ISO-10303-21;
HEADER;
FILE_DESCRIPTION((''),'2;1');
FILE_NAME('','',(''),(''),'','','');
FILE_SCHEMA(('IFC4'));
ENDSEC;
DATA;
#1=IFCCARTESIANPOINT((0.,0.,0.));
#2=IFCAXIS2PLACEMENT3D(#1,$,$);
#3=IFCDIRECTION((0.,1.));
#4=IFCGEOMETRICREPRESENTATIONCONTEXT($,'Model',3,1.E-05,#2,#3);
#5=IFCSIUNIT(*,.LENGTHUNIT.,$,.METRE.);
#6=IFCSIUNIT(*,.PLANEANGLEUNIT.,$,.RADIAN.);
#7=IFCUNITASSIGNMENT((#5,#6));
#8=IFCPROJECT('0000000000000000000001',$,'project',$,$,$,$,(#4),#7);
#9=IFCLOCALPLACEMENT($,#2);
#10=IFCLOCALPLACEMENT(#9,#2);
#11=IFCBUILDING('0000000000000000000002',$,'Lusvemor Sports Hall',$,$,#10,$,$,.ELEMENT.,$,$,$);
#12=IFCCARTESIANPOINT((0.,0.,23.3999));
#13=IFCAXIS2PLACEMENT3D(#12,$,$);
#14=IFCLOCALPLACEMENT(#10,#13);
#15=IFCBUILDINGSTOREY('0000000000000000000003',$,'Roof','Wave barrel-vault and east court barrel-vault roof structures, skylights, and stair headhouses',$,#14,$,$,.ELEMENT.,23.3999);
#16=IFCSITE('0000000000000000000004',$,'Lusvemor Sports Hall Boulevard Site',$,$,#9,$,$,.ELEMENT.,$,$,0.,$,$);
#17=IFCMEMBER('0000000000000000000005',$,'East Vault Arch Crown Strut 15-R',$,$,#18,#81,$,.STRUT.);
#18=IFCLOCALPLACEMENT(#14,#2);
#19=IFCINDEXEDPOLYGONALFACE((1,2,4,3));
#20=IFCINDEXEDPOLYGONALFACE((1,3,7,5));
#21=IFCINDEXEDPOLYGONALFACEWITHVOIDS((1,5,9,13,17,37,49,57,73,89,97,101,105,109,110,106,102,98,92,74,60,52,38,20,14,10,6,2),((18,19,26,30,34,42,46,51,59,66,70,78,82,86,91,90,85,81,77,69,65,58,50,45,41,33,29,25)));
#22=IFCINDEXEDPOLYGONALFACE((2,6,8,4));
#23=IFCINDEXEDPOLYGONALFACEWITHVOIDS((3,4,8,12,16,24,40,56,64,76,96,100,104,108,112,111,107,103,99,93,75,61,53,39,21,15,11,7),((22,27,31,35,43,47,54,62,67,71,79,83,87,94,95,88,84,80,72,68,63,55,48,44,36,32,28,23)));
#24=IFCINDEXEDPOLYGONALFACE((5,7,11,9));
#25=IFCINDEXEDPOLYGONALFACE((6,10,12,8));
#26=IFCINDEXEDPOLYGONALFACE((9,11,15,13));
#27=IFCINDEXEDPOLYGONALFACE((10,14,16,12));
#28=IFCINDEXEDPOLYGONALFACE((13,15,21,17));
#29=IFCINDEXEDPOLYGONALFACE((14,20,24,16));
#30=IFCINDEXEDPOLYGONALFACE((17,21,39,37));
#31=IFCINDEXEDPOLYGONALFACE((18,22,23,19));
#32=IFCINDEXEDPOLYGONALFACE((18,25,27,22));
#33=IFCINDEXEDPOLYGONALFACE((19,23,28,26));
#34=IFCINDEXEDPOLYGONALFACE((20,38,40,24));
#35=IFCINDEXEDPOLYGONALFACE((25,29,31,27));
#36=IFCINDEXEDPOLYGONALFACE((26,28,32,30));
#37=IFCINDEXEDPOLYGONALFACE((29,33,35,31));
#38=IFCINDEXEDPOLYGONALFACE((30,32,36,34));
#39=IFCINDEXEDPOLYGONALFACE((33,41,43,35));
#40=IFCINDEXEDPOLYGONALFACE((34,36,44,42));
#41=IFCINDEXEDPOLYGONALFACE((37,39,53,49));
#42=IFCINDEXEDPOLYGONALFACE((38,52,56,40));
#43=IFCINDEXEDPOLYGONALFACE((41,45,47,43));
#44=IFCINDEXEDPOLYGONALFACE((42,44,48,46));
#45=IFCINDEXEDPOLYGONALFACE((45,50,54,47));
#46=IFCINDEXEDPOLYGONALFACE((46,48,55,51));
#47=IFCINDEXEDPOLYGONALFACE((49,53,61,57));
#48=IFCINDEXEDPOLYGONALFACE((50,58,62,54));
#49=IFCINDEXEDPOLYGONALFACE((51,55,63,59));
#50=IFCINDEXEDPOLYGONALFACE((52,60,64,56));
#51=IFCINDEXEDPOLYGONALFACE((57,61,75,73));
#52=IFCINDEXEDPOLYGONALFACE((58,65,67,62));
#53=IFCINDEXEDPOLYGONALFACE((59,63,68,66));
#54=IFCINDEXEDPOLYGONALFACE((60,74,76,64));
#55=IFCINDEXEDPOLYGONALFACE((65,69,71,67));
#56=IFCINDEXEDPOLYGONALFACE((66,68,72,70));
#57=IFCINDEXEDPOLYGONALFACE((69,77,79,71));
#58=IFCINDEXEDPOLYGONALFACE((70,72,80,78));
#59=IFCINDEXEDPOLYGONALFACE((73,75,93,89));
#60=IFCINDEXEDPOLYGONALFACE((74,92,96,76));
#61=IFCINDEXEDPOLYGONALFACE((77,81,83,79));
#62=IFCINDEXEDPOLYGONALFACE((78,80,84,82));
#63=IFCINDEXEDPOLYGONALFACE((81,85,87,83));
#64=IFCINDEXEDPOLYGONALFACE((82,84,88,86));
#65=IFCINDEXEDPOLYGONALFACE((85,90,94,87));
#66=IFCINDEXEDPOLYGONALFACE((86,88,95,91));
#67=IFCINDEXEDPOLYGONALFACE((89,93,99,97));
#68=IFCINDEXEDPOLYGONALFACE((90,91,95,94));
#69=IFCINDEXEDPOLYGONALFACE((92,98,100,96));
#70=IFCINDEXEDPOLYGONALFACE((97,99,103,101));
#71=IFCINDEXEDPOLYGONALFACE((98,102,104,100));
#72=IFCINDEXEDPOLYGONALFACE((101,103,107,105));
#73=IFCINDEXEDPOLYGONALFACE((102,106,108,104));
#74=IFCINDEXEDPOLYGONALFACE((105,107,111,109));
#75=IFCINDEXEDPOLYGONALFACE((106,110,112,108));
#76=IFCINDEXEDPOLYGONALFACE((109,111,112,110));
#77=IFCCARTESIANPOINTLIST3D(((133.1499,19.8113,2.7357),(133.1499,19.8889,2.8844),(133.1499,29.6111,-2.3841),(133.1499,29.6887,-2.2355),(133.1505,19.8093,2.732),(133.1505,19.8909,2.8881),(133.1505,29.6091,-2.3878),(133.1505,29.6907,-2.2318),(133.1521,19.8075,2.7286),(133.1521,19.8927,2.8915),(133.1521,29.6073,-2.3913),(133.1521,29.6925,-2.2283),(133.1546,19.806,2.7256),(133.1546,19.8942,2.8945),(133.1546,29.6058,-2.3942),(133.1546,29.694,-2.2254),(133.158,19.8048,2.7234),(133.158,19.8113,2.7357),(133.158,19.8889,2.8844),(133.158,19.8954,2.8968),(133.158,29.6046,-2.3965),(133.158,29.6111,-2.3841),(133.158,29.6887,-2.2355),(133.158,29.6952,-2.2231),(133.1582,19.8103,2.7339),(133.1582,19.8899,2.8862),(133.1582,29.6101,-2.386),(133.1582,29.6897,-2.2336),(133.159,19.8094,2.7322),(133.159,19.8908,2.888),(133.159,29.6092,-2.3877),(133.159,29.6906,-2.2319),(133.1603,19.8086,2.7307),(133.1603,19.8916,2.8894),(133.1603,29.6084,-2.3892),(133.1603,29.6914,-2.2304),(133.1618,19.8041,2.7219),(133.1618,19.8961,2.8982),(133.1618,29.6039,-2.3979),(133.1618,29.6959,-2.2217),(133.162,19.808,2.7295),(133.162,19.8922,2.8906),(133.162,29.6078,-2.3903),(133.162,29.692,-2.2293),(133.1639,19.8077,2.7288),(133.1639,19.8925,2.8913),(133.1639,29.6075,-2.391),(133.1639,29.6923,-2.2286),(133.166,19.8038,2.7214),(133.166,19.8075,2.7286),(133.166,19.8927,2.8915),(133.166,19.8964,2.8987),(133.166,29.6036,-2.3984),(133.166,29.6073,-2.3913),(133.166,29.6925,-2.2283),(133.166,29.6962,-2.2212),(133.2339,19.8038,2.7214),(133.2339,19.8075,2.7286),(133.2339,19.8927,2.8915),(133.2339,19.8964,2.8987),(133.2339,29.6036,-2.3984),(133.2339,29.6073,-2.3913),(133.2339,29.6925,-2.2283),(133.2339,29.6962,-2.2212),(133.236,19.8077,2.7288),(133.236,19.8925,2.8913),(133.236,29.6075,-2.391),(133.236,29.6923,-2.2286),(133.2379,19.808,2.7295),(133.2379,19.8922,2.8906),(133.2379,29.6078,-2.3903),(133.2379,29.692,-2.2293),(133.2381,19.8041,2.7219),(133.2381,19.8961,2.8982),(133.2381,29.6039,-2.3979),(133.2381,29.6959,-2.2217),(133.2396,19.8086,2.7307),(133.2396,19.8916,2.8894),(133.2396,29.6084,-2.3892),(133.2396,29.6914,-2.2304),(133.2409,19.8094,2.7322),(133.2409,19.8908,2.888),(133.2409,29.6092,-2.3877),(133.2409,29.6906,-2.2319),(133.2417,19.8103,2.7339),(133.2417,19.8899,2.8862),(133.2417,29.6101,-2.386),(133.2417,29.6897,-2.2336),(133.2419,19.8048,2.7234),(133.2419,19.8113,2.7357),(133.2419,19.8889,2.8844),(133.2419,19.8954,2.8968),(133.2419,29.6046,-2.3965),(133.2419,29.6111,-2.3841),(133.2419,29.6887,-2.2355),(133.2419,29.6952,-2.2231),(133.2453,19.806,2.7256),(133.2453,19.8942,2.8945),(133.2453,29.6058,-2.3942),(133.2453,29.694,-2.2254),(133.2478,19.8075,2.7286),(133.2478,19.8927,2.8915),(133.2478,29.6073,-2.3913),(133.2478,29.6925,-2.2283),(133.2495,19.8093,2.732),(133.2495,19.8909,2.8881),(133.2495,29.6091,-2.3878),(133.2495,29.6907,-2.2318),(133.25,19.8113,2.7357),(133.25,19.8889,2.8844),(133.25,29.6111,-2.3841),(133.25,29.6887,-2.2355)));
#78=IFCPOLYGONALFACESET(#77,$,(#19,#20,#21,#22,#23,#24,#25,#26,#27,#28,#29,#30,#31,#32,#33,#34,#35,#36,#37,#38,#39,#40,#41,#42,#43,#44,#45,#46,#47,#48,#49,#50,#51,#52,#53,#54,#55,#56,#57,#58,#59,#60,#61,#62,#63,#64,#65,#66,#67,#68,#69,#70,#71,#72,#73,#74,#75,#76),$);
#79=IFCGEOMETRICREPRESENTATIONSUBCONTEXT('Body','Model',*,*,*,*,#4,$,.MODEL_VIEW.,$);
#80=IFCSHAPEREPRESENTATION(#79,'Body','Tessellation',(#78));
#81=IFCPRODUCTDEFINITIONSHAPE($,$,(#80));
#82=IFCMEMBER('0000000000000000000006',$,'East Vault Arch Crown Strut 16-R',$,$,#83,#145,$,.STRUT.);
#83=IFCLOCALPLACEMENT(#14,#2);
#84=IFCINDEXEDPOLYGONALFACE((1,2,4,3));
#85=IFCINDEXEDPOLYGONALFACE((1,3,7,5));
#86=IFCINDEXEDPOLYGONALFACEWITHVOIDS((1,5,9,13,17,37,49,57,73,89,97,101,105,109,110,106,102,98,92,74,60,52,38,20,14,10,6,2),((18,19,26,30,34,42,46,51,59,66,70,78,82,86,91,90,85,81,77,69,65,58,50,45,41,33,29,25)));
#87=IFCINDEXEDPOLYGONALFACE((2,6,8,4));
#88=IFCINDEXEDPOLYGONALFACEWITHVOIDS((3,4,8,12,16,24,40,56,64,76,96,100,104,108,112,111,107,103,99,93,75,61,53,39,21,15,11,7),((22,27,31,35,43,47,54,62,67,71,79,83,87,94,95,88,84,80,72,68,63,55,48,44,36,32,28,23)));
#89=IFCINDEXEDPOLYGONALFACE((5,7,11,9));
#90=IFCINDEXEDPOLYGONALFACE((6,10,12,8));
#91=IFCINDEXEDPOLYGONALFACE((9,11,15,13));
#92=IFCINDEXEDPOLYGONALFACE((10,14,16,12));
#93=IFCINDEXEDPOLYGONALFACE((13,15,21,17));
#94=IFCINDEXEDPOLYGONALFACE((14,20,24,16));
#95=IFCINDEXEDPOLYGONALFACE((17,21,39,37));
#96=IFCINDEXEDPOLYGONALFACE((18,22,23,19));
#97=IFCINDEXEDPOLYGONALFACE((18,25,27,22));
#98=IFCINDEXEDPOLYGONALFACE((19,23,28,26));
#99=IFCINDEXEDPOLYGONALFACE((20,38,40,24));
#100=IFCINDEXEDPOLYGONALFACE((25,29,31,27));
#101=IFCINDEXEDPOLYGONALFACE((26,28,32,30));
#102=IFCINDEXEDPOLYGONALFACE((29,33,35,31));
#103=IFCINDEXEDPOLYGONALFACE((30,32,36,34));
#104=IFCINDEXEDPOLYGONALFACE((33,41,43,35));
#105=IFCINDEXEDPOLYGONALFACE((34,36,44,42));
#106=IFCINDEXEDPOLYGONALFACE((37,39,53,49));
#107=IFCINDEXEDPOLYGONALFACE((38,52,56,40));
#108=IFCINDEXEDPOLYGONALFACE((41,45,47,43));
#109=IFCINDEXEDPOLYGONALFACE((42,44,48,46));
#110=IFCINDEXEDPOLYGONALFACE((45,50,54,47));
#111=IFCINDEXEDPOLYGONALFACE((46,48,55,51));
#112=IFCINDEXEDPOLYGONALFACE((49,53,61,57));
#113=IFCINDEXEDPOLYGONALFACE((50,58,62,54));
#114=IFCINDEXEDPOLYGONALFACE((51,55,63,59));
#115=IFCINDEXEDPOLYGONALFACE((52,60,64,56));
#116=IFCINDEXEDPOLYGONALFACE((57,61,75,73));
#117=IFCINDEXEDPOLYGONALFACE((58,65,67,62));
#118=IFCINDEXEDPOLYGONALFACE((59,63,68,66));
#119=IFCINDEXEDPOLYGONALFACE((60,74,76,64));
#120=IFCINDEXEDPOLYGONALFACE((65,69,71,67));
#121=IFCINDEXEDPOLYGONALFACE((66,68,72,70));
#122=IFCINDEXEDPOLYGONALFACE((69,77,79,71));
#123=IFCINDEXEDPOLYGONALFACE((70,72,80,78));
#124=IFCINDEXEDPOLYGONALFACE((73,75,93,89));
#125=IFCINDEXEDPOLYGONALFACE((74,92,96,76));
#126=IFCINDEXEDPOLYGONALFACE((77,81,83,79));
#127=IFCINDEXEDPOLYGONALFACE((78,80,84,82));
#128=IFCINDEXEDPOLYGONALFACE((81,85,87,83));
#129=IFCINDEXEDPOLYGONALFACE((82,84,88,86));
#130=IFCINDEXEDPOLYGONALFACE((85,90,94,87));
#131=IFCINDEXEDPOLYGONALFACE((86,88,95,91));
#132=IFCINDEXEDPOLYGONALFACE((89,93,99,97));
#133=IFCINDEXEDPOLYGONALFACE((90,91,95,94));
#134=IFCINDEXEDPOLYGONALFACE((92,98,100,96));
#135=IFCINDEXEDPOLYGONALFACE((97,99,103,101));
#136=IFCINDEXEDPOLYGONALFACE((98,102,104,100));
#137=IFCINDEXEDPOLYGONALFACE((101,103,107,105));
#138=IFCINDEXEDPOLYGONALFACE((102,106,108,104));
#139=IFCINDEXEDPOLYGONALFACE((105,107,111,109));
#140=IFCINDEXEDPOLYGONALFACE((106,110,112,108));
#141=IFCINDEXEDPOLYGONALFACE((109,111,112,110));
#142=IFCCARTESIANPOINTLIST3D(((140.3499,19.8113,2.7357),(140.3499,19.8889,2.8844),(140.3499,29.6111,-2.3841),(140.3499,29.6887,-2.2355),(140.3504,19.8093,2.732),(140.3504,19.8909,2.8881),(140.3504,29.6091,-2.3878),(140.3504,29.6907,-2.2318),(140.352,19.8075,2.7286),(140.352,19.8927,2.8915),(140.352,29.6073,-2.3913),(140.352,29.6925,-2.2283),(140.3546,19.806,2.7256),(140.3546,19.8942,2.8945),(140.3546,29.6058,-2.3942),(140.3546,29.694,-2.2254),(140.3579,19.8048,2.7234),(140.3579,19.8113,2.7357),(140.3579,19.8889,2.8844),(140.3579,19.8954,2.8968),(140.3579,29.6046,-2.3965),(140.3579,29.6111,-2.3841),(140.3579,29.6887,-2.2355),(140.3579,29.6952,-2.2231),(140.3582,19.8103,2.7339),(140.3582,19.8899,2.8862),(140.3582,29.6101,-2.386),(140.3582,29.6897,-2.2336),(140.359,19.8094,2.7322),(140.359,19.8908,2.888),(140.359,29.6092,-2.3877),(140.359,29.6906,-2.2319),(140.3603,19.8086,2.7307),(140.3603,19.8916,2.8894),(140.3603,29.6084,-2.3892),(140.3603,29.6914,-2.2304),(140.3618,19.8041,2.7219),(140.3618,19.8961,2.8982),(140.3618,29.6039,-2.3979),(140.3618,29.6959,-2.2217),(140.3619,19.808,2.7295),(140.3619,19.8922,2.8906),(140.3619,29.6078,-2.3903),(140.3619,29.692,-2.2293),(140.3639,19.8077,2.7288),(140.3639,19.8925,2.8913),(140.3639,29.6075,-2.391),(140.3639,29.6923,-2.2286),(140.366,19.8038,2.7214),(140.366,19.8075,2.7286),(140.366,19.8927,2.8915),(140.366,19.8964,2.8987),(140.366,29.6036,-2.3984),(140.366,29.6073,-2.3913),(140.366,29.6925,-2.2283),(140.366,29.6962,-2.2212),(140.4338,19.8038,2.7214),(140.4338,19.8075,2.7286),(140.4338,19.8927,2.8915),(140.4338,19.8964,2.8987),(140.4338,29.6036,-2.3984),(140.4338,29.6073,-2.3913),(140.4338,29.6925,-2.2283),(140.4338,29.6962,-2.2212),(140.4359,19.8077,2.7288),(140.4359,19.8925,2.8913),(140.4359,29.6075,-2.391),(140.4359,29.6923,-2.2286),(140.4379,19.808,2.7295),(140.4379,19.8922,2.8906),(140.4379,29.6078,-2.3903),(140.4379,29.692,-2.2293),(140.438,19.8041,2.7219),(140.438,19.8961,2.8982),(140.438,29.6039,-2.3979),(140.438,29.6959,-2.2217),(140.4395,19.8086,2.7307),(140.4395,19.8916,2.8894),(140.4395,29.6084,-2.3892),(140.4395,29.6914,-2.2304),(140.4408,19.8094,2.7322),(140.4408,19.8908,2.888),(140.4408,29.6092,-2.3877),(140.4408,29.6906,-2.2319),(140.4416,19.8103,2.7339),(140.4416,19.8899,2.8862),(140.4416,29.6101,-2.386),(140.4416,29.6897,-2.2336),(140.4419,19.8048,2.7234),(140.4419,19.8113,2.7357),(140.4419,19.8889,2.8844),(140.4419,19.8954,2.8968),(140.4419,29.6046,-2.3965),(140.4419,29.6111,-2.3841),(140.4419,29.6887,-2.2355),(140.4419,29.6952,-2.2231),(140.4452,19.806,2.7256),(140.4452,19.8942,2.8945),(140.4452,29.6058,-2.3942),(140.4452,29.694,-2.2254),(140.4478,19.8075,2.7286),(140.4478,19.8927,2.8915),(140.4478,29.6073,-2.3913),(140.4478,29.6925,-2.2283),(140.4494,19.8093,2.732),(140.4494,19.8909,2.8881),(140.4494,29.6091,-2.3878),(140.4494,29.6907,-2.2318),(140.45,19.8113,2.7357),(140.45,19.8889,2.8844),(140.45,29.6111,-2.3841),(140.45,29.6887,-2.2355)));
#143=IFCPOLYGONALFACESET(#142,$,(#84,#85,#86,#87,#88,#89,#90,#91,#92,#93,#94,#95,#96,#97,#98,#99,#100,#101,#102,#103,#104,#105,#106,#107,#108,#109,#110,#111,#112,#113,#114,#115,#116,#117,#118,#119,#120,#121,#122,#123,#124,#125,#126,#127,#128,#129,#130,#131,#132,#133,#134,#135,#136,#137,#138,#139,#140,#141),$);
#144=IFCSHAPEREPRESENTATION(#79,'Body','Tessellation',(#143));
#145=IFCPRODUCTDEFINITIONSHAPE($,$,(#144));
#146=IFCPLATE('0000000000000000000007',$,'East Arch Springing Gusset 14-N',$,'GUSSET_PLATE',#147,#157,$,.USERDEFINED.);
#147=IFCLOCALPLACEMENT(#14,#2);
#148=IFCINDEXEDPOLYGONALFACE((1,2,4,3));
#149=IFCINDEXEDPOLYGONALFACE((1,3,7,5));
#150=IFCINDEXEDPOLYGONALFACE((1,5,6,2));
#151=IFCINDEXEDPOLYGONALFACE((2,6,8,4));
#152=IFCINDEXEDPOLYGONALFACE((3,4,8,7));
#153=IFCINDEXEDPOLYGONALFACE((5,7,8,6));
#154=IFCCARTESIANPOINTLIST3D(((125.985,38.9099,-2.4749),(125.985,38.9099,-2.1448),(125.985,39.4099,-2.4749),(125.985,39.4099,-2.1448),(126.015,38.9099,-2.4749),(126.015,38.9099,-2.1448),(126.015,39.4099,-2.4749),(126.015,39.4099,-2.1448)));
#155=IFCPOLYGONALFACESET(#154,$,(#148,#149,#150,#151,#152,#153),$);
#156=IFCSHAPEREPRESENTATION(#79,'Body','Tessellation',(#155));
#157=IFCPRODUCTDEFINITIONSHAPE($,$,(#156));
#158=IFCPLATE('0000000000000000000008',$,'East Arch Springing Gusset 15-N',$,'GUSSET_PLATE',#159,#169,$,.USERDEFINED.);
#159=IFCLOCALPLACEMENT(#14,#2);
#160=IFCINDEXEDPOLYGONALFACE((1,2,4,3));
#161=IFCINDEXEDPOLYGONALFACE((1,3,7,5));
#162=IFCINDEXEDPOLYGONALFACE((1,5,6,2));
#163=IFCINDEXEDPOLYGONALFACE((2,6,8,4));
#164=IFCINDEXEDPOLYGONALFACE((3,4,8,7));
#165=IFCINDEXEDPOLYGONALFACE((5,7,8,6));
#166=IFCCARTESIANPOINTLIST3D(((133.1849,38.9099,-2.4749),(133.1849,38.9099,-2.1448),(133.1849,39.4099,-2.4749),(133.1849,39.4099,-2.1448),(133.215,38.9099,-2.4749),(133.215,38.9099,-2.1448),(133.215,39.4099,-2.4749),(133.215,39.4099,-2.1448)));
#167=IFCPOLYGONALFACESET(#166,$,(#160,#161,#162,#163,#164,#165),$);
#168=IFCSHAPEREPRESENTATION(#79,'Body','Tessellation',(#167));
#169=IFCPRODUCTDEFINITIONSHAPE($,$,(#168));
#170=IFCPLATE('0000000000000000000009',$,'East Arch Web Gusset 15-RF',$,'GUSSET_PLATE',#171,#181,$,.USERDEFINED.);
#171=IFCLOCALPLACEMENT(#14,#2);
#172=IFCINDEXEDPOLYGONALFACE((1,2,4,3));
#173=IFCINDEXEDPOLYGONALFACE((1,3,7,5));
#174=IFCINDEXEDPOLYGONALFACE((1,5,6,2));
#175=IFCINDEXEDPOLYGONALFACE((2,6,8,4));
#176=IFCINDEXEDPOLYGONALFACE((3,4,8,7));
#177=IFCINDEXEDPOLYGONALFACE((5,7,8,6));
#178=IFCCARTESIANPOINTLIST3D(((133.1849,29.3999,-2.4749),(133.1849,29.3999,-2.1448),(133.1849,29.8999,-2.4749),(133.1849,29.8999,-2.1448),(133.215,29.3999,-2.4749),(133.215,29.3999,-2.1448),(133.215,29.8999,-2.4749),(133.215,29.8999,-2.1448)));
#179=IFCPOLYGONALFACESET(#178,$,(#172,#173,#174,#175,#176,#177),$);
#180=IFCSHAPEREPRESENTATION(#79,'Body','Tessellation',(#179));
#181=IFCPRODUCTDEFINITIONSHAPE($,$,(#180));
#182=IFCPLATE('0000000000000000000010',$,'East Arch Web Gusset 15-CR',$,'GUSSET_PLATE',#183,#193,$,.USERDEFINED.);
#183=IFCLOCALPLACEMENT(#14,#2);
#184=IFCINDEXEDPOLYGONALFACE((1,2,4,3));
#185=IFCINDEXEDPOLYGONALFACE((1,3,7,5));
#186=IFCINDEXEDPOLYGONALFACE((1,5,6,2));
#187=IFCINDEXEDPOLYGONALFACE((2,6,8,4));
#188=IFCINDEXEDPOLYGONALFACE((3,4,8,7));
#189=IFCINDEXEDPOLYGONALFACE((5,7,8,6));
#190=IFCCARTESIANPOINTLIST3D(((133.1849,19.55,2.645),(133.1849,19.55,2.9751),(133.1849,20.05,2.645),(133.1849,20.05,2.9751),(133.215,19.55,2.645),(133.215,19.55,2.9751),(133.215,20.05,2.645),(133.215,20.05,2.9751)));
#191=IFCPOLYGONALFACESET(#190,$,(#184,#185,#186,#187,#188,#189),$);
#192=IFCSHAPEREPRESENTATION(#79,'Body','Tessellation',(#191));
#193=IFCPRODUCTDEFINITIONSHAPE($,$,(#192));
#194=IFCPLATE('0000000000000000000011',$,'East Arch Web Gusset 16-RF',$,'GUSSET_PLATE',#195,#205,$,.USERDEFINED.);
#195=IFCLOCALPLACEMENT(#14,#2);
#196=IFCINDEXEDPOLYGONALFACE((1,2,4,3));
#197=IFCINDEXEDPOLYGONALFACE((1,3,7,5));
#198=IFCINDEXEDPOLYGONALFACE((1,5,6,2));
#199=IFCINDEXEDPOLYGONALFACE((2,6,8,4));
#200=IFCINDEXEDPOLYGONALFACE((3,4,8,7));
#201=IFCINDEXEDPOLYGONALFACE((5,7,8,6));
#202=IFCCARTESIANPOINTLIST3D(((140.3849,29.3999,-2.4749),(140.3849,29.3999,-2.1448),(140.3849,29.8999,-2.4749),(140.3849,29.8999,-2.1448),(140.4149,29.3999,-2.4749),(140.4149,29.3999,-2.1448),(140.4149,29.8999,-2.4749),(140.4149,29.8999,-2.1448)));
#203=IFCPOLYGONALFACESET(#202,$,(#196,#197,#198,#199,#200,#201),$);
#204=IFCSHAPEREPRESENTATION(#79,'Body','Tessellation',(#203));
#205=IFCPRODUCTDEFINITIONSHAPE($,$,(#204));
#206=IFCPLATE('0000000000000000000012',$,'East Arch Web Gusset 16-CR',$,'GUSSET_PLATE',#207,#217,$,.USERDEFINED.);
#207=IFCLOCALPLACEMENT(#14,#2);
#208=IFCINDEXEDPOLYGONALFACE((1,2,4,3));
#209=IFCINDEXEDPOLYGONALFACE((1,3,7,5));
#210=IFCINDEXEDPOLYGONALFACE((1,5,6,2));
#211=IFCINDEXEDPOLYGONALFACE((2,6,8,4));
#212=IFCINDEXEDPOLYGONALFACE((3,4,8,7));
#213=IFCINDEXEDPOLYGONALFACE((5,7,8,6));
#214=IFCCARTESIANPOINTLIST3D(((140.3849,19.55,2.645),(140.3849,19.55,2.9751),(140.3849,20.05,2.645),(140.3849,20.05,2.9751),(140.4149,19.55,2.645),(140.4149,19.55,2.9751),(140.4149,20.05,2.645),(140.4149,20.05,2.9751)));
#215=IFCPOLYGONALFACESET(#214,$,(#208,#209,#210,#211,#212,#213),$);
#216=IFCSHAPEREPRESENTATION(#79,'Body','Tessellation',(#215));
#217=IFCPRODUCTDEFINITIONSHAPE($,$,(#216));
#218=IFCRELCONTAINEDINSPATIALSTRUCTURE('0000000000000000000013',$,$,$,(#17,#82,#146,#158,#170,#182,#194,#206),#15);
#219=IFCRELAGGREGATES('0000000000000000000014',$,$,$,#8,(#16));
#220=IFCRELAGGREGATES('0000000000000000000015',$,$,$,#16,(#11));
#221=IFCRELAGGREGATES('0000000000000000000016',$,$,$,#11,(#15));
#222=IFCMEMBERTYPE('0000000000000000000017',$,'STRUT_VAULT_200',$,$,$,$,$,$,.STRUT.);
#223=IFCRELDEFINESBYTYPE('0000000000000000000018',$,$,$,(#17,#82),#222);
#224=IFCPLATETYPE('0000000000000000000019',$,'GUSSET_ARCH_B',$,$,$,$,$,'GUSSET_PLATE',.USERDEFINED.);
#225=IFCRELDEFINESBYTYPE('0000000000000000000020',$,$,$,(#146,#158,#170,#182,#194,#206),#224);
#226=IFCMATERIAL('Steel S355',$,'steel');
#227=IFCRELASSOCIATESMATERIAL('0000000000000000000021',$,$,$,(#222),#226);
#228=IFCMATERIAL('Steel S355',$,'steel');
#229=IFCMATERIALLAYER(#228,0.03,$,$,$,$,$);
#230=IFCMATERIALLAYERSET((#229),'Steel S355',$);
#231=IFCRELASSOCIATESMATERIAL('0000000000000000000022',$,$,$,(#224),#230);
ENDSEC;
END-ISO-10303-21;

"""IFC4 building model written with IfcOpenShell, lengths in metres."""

from ifc_helpers import new_model, si_unit, direction, frame, origin, origin_2d, place, context, subcontext, project, spatial, rectangle, hollow_rectangle, extrude, material, layer, layer_set, material_profile, profile_set, type_object, element, save


model = new_model("IFC4")

# Units and contexts
model_context = context("Model", 3, precision=1e-05, world=origin(), true_north=direction((0.0, 1.0)))
body_context = subcontext(model_context, "Body", "Model", "MODEL_VIEW")
ifc_project = project(units=[si_unit("LENGTHUNIT", "METRE"), si_unit("PLANEANGLEUNIT", "RADIAN")], contexts=[model_context])

# Site, building, storey
site_placement = place(None, origin())
site = spatial("IfcSite", under=ifc_project, at=site_placement, Name="Lusvemor Sports Hall Boulevard Site", CompositionType="ELEMENT", RefElevation=0.0)
building_placement = place(site_placement, origin())
building = spatial("IfcBuilding", under=site, at=building_placement, Name="Lusvemor Sports Hall", CompositionType="ELEMENT")
storey_placement = place(building_placement, frame((0.0, 0.0, 23.3999)))
storey = spatial("IfcBuildingStorey", under=building, at=storey_placement, Name="Roof", Description="Wave barrel-vault and east court barrel-vault roof structures, skylights, and stair headhouses", CompositionType="ELEMENT", Elevation=23.3999)

# Members
ifc_material_1 = material(Name="Steel S355", Category="steel")
ifc_material_profile_1 = material_profile(ifc_material_1, hollow_rectangle(XDim=0.1001, YDim=0.2, WallThickness=0.0081, InnerFilletRadius=0.0081, OuterFilletRadius=0.0161, at=origin_2d()), Name="RHS200x100x8")
ifc_profile_set_1 = profile_set([ifc_material_profile_1], Name="Steel S355")
member_type_1 = type_object("IfcMemberType", Name="STRUT_VAULT_200", PredefinedType="STRUT", material=ifc_profile_set_1)
for number, where, z_axis, x_axis, name in (
    (1, (133.2, 29.6499, -2.3098), (0.0, -0.886328, 0.463059), (1.0, 0.0, 0.0), "East Vault Arch Crown Strut 15-R"),
    (2, (140.3999, 29.6499, -2.3098), (0.0, -0.886328, 0.463059), (1.0, 0.0, 0.0), "East Vault Arch Crown Strut 16-R"),
):
    element("IfcMember", number, at=place(storey_placement, frame(where, z_axis=z_axis, x_axis=x_axis)), inside=storey, type_object=member_type_1, Name=name, PredefinedType="STRUT", context=body_context, shape_type="SweptSolid", body=[
        extrude(hollow_rectangle(XDim=0.1001, YDim=0.2, WallThickness=0.0081, InnerFilletRadius=0.0081, OuterFilletRadius=0.0161, at=origin_2d()), origin(), (0.0, 0.0, 1.0), 11.0566),
    ])

# Plates
ifc_material_2 = material(Name="Steel S355", Category="steel")
ifc_layer_1 = layer(ifc_material_2, 0.03)
ifc_layer_set_1 = layer_set([ifc_layer_1], Name="Steel S355")
plate_type_1 = type_object("IfcPlateType", Name="GUSSET_ARCH_B", ElementType="GUSSET_PLATE", PredefinedType="USERDEFINED", material=ifc_layer_set_1)
for number, where, z_axis, x_axis, name in (
    (3, (126.0, 39.1599, -2.4749), (0.0, 0.0, 1.0), (1.0, 0.0, 0.0), "East Arch Springing Gusset 14-N"),
    (4, (133.2, 39.1599, -2.4749), (0.0, 0.0, 1.0), (1.0, 0.0, 0.0), "East Arch Springing Gusset 15-N"),
    (5, (133.2, 29.6499, -2.4749), (0.0, 0.0, 1.0), (1.0, 0.0, 0.0), "East Arch Web Gusset 15-RF"),
    (6, (133.2, 19.8, 2.645), (0.0, 0.0, 1.0), (1.0, 0.0, 0.0), "East Arch Web Gusset 15-CR"),
    (7, (140.3999, 29.6499, -2.4749), (0.0, 0.0, 1.0), (1.0, 0.0, 0.0), "East Arch Web Gusset 16-RF"),
    (8, (140.3999, 19.8, 2.645), (0.0, 0.0, 1.0), (1.0, 0.0, 0.0), "East Arch Web Gusset 16-CR"),
):
    element("IfcPlate", number, at=place(storey_placement, frame(where, z_axis=z_axis, x_axis=x_axis)), inside=storey, type_object=plate_type_1, Name=name, ObjectType="GUSSET_PLATE", PredefinedType="USERDEFINED", context=body_context, shape_type="SweptSolid", body=[
        extrude(rectangle(XDim=0.03, YDim=0.5, at=origin_2d()), origin(), (0.0, 0.0, 1.0), 0.3301),
    ])

save(model, "model.ifc")
